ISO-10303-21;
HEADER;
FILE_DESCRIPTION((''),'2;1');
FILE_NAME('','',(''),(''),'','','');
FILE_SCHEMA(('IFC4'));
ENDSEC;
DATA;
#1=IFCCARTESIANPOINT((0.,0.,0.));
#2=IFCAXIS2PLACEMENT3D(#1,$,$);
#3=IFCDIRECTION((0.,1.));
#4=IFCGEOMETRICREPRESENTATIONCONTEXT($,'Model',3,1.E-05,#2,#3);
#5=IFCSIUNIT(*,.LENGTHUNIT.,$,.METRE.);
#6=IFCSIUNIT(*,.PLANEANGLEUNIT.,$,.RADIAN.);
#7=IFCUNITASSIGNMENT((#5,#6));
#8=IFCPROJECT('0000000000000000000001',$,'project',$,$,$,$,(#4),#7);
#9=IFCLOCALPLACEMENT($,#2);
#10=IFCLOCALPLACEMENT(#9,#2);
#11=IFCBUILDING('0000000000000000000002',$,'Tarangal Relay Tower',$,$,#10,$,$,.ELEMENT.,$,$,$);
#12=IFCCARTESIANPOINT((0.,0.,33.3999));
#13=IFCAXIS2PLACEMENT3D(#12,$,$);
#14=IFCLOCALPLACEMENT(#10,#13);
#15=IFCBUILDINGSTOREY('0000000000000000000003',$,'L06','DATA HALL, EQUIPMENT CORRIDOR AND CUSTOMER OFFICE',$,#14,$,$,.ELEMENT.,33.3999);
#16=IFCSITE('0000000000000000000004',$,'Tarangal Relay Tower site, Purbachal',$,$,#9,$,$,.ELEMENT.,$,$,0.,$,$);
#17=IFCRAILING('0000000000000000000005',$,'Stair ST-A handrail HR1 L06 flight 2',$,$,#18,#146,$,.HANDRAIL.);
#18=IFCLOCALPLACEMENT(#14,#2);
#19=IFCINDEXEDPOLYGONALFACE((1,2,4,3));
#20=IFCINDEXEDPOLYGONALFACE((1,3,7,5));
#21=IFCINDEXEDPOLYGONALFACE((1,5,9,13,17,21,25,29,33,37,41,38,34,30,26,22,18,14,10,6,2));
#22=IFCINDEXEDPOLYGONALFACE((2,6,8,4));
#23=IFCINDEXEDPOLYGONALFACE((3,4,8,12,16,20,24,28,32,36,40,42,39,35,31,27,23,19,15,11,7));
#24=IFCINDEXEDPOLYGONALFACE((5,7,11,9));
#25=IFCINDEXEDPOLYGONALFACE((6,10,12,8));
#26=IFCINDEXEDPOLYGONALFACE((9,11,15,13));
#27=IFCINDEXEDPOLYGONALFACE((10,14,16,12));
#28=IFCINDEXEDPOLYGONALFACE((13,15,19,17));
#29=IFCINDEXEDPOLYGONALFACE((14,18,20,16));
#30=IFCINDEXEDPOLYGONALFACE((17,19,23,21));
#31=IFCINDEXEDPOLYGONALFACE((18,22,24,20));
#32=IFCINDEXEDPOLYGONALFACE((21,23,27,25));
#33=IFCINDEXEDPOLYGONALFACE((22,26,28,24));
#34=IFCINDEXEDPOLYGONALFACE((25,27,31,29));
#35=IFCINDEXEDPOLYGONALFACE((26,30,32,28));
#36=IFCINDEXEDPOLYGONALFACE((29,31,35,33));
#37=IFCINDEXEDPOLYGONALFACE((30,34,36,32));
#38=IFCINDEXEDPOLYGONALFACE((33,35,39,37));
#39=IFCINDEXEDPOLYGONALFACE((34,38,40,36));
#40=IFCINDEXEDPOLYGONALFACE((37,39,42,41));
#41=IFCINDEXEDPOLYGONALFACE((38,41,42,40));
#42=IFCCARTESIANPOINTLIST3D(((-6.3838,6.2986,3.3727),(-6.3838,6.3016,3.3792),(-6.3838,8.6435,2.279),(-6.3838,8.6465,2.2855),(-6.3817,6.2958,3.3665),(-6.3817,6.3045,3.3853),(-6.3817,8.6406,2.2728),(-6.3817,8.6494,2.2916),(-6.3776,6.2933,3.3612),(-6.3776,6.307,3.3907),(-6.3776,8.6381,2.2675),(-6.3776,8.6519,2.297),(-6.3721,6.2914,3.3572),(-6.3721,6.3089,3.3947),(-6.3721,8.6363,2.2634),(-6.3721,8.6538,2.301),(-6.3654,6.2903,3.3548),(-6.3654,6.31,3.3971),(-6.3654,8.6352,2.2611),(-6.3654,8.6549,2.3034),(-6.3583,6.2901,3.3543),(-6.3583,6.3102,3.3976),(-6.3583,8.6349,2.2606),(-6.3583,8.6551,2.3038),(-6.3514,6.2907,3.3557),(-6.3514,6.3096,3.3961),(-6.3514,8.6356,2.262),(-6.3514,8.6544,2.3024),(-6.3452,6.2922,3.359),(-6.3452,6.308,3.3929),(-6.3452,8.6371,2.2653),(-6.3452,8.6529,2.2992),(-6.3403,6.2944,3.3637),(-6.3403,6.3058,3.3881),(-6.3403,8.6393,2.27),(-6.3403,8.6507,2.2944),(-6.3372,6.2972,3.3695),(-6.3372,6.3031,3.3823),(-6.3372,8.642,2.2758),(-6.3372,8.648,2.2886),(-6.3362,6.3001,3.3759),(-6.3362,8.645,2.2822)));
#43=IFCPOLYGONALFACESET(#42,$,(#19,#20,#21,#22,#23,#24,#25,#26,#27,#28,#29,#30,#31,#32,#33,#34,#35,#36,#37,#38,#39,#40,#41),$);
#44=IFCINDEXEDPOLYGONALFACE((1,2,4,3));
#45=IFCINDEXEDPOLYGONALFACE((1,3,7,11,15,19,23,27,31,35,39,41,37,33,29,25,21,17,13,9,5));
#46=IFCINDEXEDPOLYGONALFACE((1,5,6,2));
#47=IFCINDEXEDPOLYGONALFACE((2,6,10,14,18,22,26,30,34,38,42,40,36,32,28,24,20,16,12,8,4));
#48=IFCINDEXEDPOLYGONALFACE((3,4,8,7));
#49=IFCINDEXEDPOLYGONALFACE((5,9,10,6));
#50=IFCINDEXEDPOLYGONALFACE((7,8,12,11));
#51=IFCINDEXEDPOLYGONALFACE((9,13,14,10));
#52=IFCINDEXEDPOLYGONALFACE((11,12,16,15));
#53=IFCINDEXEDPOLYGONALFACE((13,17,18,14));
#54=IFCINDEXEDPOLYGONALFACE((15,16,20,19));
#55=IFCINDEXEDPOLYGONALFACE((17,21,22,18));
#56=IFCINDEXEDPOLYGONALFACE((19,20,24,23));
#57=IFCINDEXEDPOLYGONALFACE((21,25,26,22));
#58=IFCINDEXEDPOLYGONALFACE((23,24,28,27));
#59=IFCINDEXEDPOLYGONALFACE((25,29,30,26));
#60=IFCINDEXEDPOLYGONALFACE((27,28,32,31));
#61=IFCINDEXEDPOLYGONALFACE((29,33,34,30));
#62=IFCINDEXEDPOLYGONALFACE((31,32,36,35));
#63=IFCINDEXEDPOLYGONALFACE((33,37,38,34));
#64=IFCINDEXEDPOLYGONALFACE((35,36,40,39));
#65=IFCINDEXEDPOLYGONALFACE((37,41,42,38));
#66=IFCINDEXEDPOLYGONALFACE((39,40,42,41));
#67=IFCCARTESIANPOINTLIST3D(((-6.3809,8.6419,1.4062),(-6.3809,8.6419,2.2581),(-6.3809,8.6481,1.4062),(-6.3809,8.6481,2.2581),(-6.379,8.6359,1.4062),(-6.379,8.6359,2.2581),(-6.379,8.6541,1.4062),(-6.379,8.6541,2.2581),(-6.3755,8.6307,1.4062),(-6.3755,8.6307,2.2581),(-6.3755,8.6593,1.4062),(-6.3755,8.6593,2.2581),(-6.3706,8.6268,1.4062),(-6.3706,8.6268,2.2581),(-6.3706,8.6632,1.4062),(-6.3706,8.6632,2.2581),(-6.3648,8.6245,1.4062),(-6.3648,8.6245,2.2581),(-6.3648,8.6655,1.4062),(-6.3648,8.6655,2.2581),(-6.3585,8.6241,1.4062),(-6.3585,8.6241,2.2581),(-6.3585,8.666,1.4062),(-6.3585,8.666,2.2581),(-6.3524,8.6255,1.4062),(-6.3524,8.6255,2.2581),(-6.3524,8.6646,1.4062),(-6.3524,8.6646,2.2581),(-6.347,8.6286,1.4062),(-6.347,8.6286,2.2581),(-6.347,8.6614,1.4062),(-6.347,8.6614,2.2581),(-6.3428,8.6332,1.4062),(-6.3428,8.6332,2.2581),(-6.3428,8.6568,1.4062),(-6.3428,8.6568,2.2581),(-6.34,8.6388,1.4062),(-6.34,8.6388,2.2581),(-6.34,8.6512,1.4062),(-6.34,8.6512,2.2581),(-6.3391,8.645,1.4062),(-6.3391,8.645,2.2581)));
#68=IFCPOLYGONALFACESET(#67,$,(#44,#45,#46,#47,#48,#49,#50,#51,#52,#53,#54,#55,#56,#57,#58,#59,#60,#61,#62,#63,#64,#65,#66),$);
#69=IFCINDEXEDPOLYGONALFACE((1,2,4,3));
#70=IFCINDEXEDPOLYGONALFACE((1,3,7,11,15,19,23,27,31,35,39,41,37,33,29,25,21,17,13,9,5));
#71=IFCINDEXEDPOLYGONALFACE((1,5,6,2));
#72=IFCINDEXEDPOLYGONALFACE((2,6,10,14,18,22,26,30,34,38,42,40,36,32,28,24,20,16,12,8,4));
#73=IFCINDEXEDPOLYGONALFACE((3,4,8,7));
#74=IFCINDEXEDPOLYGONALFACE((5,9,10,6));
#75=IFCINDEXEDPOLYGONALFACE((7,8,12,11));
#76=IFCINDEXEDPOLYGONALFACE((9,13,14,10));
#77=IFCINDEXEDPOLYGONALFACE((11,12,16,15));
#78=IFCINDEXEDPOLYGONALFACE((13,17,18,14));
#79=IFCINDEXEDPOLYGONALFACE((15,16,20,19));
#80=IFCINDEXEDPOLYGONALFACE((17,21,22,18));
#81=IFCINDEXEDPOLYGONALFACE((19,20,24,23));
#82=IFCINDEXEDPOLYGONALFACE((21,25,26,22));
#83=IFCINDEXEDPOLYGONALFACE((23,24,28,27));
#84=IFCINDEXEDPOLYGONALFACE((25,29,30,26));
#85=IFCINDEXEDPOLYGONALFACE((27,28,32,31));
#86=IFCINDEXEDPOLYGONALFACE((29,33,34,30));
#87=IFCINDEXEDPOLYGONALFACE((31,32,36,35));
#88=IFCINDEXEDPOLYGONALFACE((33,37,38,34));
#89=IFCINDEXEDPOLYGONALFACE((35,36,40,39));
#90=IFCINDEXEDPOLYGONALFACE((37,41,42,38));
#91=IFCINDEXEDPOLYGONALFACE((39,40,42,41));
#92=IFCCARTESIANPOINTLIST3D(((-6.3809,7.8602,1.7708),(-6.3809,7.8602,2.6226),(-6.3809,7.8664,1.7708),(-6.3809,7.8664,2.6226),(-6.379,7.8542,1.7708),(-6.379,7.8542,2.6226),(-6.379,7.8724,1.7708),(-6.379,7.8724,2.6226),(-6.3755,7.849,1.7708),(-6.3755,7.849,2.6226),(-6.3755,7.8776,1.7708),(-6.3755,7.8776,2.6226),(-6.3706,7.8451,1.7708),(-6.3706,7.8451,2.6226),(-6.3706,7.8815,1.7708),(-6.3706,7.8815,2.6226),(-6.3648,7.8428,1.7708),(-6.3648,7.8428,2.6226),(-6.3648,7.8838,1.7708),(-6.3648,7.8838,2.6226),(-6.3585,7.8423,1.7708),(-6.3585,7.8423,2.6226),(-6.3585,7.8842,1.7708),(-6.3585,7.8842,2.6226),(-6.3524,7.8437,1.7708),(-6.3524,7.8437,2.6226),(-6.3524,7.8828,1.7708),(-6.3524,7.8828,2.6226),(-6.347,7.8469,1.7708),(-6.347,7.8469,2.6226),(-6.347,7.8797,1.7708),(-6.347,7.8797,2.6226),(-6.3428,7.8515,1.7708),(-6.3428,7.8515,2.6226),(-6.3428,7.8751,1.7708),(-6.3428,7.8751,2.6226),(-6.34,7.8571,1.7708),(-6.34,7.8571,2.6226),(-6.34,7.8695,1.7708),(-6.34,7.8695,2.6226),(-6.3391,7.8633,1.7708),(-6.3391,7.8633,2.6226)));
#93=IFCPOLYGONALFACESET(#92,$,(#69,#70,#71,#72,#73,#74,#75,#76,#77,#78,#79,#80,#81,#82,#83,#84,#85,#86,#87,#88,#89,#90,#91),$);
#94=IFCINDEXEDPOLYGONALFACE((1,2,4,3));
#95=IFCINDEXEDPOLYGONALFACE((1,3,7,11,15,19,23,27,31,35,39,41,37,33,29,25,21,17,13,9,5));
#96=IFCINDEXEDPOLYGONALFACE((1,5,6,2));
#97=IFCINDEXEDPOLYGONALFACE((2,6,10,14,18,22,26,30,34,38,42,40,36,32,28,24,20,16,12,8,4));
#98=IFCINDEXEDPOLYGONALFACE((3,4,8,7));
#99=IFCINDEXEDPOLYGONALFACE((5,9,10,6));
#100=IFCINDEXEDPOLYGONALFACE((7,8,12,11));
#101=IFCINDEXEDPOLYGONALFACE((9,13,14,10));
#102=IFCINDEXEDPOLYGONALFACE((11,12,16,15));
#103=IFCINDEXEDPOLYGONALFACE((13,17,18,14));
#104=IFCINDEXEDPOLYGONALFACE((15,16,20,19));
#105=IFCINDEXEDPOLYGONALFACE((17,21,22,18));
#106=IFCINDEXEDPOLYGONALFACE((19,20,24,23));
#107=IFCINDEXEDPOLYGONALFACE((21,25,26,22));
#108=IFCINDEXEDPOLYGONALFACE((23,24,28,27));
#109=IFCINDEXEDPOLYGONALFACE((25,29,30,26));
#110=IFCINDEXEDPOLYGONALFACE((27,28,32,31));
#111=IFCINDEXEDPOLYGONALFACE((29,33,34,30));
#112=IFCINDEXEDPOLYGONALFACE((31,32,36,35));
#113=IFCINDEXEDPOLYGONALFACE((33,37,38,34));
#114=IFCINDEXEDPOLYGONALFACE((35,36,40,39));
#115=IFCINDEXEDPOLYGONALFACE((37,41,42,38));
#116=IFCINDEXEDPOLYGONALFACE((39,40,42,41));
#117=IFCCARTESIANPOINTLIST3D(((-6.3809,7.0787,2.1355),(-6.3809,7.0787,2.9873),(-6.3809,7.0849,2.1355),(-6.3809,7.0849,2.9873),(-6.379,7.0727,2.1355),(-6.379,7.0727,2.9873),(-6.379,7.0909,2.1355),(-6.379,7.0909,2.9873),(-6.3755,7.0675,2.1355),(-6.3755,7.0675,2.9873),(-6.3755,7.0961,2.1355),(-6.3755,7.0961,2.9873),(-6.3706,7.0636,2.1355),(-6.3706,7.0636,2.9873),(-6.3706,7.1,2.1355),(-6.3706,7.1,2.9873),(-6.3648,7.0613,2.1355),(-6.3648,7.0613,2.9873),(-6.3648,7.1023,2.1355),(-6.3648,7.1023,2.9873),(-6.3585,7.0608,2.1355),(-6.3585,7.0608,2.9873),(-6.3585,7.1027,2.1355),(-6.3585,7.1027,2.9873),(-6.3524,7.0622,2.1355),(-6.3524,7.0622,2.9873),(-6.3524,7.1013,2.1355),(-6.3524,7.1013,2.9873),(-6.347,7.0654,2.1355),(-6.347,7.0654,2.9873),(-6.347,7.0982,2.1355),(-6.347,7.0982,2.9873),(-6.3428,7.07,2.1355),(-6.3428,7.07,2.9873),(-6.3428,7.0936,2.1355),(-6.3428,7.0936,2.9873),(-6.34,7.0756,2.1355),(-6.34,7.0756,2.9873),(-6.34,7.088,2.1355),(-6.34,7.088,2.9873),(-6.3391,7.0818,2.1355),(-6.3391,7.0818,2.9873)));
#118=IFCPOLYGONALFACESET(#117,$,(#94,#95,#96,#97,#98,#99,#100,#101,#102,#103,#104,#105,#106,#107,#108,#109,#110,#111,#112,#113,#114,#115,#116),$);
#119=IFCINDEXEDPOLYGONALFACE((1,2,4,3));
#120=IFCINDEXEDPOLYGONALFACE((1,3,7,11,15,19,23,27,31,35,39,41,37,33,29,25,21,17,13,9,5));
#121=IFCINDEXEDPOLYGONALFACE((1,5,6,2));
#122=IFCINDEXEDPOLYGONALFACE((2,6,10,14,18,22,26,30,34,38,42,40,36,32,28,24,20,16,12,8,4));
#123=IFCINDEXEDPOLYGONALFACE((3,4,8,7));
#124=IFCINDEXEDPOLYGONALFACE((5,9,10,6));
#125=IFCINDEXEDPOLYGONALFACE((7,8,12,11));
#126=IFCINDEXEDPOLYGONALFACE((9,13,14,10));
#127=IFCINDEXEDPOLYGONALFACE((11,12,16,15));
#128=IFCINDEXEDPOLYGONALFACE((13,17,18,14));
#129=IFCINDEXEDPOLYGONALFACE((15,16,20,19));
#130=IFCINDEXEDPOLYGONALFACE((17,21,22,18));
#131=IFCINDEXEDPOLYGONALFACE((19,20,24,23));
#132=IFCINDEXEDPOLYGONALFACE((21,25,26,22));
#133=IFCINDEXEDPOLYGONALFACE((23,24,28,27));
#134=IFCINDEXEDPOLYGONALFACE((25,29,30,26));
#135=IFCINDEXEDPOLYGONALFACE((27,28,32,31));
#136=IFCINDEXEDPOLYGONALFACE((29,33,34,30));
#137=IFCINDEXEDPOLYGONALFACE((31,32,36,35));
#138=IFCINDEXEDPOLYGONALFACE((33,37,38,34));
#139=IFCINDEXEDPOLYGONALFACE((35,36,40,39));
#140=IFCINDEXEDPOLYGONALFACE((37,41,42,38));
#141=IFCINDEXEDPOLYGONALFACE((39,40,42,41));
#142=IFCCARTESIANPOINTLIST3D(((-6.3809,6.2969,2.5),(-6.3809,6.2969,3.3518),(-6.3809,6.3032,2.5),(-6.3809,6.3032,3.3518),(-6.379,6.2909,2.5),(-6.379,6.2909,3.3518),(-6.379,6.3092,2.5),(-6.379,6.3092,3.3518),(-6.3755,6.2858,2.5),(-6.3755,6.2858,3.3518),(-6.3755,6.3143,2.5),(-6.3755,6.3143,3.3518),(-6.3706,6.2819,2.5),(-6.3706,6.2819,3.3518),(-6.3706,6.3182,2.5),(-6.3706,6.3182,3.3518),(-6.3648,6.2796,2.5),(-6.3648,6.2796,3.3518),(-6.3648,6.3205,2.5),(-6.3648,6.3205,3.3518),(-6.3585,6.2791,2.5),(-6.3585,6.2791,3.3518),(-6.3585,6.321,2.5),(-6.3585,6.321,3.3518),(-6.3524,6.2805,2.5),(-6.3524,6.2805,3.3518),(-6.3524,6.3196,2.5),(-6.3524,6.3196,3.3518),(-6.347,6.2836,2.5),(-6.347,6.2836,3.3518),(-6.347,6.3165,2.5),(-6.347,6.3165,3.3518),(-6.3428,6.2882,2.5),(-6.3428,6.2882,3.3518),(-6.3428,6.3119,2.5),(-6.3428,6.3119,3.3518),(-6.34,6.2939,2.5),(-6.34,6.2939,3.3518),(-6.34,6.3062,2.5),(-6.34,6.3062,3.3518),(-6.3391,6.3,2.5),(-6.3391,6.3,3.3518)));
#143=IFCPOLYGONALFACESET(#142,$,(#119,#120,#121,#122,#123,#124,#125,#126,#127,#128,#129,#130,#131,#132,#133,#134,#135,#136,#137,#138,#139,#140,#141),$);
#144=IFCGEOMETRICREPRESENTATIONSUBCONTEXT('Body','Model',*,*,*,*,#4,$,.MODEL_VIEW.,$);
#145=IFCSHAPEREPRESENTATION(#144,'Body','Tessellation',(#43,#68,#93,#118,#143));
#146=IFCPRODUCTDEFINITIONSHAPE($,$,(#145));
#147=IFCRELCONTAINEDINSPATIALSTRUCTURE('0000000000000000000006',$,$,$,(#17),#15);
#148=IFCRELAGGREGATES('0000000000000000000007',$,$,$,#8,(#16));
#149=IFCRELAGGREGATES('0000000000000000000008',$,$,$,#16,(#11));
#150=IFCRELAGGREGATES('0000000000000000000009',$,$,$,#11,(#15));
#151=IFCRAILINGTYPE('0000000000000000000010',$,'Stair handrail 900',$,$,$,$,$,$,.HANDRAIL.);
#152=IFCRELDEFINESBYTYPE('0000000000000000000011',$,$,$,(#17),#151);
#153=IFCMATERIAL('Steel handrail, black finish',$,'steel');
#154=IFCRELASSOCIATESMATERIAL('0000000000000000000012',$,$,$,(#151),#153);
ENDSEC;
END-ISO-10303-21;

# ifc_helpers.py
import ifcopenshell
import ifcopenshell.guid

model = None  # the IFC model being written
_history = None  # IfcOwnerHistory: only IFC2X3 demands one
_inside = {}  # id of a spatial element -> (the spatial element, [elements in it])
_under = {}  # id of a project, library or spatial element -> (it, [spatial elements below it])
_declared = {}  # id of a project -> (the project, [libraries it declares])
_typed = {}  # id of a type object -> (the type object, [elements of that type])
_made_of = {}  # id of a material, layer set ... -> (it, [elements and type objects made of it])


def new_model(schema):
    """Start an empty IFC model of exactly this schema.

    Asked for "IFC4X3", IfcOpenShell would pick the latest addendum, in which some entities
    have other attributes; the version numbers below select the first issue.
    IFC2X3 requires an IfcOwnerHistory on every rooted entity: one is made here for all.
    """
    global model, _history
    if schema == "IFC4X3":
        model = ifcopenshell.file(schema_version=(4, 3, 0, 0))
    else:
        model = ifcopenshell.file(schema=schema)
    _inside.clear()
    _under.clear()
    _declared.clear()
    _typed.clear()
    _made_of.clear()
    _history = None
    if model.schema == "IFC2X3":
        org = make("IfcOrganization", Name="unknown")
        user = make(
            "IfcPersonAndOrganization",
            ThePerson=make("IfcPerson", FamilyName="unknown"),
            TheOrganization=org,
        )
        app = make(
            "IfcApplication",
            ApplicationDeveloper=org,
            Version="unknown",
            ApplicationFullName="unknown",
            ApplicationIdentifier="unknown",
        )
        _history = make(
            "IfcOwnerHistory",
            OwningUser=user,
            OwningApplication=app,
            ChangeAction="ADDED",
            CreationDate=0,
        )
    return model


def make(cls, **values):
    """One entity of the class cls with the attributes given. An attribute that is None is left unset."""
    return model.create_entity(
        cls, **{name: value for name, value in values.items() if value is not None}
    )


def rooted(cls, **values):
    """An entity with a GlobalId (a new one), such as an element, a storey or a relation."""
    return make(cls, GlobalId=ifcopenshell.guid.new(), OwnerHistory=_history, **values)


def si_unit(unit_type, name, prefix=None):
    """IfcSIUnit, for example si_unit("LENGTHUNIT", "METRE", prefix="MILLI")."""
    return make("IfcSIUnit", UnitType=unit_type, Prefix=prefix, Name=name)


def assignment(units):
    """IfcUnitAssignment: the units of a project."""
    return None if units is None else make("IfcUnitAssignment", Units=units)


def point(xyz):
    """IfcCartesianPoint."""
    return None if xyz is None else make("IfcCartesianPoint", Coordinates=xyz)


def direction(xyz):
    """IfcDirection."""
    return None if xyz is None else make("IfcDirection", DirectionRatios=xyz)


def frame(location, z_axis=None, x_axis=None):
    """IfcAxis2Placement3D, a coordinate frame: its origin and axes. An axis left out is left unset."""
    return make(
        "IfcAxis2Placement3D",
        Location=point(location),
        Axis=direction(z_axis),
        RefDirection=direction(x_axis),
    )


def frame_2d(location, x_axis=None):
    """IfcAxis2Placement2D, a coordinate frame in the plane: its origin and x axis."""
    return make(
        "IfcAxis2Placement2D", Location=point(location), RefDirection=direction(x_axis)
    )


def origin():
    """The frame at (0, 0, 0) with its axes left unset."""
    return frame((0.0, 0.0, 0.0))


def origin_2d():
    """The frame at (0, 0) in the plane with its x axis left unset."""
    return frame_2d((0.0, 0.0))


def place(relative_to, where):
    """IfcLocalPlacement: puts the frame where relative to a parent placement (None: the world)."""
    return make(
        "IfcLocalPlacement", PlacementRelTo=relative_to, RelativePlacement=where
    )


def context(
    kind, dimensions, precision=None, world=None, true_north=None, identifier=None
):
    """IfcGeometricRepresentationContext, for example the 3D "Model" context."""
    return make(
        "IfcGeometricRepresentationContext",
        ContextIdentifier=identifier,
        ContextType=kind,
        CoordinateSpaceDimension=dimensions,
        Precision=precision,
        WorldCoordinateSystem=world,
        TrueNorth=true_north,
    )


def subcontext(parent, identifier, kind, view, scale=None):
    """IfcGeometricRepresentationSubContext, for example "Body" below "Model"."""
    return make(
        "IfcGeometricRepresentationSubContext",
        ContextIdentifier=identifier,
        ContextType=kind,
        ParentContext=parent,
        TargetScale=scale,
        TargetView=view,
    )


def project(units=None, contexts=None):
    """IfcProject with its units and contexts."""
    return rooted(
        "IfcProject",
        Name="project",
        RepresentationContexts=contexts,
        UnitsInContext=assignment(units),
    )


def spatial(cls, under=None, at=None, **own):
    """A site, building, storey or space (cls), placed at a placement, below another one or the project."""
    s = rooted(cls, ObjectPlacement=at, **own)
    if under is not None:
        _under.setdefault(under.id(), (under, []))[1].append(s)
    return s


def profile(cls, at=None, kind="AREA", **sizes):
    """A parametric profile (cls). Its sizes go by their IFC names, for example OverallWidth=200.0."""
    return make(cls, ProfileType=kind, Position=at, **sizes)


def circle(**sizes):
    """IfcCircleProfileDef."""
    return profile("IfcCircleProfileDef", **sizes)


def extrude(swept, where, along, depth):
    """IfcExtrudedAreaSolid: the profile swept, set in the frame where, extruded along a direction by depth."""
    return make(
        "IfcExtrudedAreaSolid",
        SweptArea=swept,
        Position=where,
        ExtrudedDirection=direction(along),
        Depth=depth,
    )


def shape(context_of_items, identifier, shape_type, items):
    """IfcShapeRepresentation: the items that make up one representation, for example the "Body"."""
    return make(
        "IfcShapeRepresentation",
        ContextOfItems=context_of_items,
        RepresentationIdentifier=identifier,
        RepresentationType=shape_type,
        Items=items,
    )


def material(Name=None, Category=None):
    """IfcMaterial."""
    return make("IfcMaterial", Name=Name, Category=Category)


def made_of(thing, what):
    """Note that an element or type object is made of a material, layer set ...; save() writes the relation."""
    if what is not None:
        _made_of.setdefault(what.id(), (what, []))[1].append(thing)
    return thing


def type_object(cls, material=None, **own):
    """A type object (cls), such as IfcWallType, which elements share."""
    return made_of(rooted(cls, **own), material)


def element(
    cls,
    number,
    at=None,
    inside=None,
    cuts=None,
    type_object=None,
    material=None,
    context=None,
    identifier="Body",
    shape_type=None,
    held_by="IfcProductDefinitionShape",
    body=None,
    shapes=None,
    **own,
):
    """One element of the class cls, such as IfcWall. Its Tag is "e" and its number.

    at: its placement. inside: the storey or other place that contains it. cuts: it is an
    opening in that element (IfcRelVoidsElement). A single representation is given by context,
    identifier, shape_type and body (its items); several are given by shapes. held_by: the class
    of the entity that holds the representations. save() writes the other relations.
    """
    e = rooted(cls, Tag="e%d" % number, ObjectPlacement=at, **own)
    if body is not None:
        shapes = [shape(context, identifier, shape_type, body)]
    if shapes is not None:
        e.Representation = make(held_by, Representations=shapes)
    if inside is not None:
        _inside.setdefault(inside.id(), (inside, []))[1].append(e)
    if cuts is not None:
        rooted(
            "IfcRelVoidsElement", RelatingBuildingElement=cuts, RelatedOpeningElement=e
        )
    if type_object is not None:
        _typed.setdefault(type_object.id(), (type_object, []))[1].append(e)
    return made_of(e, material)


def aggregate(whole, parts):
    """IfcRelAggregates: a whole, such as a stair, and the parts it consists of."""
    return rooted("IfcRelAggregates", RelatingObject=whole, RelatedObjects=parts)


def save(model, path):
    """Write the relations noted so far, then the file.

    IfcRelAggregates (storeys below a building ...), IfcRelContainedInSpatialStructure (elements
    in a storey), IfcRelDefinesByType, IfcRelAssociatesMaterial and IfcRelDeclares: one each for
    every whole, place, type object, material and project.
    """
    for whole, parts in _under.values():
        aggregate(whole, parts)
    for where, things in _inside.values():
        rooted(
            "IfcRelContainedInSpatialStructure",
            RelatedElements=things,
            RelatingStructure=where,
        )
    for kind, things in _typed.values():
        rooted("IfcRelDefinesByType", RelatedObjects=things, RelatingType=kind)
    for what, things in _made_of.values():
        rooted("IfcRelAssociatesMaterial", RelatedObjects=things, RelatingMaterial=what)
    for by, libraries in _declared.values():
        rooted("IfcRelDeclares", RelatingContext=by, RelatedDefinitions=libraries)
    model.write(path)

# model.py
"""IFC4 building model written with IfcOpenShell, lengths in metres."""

from ifc_helpers import new_model, si_unit, direction, frame, origin, origin_2d, place, context, subcontext, project, spatial, circle, extrude, material, type_object, element, save


model = new_model("IFC4")

# Units and contexts
model_context = context("Model", 3, precision=1e-05, world=origin(), true_north=direction((0.0, 1.0)))
body_context = subcontext(model_context, "Body", "Model", "MODEL_VIEW")
ifc_project = project(units=[si_unit("LENGTHUNIT", "METRE"), si_unit("PLANEANGLEUNIT", "RADIAN")], contexts=[model_context])

# Site, building, storey
site_placement = place(None, origin())
site = spatial("IfcSite", under=ifc_project, at=site_placement, Name="Tarangal Relay Tower site, Purbachal", CompositionType="ELEMENT", RefElevation=0.0)
building_placement = place(site_placement, origin())
building = spatial("IfcBuilding", under=site, at=building_placement, Name="Tarangal Relay Tower", CompositionType="ELEMENT")
storey_placement = place(building_placement, frame((0.0, 0.0, 33.3999)))
storey = spatial("IfcBuildingStorey", under=building, at=storey_placement, Name="L06", Description="DATA HALL, EQUIPMENT CORRIDOR AND CUSTOMER OFFICE", CompositionType="ELEMENT", Elevation=33.3999)

# Railing
ifc_material_1 = material(Name="Steel handrail, black finish", Category="steel")
railing_type_1 = type_object("IfcRailingType", Name="Stair handrail 900", PredefinedType="HANDRAIL", material=ifc_material_1)
for number, where, name in (
    (1, (-6.3601, 8.645, 1.4062), "Stair ST-A handrail HR1 L06 flight 2"),
):
    element("IfcRailing", number, at=place(storey_placement, frame(where)), inside=storey, type_object=railing_type_1, Name=name, PredefinedType="HANDRAIL", context=body_context, shape_type="SweptSolid", body=[
        extrude(circle(Radius=0.0239, at=origin_2d()), frame((0.0, 0.0, 0.876), z_axis=(0.0, -0.906267, 0.422705), x_axis=(1.0, 0.0, 0.0)), (0.0, 0.0, 1.0), 2.5874),
        extrude(circle(Radius=0.021, at=origin_2d()), origin(), (0.0, 0.0, 1.0), 0.8518),
        extrude(circle(Radius=0.021, at=origin_2d()), frame((0.0, -0.7817, 0.3645)), (0.0, 0.0, 1.0), 0.8518),
        extrude(circle(Radius=0.021, at=origin_2d()), frame((0.0, -1.5632, 0.7292)), (0.0, 0.0, 1.0), 0.8518),
        extrude(circle(Radius=0.021, at=origin_2d()), frame((0.0, -2.345, 1.0938)), (0.0, 0.0, 1.0), 0.8518),
    ])

save(model, "model.ifc")
